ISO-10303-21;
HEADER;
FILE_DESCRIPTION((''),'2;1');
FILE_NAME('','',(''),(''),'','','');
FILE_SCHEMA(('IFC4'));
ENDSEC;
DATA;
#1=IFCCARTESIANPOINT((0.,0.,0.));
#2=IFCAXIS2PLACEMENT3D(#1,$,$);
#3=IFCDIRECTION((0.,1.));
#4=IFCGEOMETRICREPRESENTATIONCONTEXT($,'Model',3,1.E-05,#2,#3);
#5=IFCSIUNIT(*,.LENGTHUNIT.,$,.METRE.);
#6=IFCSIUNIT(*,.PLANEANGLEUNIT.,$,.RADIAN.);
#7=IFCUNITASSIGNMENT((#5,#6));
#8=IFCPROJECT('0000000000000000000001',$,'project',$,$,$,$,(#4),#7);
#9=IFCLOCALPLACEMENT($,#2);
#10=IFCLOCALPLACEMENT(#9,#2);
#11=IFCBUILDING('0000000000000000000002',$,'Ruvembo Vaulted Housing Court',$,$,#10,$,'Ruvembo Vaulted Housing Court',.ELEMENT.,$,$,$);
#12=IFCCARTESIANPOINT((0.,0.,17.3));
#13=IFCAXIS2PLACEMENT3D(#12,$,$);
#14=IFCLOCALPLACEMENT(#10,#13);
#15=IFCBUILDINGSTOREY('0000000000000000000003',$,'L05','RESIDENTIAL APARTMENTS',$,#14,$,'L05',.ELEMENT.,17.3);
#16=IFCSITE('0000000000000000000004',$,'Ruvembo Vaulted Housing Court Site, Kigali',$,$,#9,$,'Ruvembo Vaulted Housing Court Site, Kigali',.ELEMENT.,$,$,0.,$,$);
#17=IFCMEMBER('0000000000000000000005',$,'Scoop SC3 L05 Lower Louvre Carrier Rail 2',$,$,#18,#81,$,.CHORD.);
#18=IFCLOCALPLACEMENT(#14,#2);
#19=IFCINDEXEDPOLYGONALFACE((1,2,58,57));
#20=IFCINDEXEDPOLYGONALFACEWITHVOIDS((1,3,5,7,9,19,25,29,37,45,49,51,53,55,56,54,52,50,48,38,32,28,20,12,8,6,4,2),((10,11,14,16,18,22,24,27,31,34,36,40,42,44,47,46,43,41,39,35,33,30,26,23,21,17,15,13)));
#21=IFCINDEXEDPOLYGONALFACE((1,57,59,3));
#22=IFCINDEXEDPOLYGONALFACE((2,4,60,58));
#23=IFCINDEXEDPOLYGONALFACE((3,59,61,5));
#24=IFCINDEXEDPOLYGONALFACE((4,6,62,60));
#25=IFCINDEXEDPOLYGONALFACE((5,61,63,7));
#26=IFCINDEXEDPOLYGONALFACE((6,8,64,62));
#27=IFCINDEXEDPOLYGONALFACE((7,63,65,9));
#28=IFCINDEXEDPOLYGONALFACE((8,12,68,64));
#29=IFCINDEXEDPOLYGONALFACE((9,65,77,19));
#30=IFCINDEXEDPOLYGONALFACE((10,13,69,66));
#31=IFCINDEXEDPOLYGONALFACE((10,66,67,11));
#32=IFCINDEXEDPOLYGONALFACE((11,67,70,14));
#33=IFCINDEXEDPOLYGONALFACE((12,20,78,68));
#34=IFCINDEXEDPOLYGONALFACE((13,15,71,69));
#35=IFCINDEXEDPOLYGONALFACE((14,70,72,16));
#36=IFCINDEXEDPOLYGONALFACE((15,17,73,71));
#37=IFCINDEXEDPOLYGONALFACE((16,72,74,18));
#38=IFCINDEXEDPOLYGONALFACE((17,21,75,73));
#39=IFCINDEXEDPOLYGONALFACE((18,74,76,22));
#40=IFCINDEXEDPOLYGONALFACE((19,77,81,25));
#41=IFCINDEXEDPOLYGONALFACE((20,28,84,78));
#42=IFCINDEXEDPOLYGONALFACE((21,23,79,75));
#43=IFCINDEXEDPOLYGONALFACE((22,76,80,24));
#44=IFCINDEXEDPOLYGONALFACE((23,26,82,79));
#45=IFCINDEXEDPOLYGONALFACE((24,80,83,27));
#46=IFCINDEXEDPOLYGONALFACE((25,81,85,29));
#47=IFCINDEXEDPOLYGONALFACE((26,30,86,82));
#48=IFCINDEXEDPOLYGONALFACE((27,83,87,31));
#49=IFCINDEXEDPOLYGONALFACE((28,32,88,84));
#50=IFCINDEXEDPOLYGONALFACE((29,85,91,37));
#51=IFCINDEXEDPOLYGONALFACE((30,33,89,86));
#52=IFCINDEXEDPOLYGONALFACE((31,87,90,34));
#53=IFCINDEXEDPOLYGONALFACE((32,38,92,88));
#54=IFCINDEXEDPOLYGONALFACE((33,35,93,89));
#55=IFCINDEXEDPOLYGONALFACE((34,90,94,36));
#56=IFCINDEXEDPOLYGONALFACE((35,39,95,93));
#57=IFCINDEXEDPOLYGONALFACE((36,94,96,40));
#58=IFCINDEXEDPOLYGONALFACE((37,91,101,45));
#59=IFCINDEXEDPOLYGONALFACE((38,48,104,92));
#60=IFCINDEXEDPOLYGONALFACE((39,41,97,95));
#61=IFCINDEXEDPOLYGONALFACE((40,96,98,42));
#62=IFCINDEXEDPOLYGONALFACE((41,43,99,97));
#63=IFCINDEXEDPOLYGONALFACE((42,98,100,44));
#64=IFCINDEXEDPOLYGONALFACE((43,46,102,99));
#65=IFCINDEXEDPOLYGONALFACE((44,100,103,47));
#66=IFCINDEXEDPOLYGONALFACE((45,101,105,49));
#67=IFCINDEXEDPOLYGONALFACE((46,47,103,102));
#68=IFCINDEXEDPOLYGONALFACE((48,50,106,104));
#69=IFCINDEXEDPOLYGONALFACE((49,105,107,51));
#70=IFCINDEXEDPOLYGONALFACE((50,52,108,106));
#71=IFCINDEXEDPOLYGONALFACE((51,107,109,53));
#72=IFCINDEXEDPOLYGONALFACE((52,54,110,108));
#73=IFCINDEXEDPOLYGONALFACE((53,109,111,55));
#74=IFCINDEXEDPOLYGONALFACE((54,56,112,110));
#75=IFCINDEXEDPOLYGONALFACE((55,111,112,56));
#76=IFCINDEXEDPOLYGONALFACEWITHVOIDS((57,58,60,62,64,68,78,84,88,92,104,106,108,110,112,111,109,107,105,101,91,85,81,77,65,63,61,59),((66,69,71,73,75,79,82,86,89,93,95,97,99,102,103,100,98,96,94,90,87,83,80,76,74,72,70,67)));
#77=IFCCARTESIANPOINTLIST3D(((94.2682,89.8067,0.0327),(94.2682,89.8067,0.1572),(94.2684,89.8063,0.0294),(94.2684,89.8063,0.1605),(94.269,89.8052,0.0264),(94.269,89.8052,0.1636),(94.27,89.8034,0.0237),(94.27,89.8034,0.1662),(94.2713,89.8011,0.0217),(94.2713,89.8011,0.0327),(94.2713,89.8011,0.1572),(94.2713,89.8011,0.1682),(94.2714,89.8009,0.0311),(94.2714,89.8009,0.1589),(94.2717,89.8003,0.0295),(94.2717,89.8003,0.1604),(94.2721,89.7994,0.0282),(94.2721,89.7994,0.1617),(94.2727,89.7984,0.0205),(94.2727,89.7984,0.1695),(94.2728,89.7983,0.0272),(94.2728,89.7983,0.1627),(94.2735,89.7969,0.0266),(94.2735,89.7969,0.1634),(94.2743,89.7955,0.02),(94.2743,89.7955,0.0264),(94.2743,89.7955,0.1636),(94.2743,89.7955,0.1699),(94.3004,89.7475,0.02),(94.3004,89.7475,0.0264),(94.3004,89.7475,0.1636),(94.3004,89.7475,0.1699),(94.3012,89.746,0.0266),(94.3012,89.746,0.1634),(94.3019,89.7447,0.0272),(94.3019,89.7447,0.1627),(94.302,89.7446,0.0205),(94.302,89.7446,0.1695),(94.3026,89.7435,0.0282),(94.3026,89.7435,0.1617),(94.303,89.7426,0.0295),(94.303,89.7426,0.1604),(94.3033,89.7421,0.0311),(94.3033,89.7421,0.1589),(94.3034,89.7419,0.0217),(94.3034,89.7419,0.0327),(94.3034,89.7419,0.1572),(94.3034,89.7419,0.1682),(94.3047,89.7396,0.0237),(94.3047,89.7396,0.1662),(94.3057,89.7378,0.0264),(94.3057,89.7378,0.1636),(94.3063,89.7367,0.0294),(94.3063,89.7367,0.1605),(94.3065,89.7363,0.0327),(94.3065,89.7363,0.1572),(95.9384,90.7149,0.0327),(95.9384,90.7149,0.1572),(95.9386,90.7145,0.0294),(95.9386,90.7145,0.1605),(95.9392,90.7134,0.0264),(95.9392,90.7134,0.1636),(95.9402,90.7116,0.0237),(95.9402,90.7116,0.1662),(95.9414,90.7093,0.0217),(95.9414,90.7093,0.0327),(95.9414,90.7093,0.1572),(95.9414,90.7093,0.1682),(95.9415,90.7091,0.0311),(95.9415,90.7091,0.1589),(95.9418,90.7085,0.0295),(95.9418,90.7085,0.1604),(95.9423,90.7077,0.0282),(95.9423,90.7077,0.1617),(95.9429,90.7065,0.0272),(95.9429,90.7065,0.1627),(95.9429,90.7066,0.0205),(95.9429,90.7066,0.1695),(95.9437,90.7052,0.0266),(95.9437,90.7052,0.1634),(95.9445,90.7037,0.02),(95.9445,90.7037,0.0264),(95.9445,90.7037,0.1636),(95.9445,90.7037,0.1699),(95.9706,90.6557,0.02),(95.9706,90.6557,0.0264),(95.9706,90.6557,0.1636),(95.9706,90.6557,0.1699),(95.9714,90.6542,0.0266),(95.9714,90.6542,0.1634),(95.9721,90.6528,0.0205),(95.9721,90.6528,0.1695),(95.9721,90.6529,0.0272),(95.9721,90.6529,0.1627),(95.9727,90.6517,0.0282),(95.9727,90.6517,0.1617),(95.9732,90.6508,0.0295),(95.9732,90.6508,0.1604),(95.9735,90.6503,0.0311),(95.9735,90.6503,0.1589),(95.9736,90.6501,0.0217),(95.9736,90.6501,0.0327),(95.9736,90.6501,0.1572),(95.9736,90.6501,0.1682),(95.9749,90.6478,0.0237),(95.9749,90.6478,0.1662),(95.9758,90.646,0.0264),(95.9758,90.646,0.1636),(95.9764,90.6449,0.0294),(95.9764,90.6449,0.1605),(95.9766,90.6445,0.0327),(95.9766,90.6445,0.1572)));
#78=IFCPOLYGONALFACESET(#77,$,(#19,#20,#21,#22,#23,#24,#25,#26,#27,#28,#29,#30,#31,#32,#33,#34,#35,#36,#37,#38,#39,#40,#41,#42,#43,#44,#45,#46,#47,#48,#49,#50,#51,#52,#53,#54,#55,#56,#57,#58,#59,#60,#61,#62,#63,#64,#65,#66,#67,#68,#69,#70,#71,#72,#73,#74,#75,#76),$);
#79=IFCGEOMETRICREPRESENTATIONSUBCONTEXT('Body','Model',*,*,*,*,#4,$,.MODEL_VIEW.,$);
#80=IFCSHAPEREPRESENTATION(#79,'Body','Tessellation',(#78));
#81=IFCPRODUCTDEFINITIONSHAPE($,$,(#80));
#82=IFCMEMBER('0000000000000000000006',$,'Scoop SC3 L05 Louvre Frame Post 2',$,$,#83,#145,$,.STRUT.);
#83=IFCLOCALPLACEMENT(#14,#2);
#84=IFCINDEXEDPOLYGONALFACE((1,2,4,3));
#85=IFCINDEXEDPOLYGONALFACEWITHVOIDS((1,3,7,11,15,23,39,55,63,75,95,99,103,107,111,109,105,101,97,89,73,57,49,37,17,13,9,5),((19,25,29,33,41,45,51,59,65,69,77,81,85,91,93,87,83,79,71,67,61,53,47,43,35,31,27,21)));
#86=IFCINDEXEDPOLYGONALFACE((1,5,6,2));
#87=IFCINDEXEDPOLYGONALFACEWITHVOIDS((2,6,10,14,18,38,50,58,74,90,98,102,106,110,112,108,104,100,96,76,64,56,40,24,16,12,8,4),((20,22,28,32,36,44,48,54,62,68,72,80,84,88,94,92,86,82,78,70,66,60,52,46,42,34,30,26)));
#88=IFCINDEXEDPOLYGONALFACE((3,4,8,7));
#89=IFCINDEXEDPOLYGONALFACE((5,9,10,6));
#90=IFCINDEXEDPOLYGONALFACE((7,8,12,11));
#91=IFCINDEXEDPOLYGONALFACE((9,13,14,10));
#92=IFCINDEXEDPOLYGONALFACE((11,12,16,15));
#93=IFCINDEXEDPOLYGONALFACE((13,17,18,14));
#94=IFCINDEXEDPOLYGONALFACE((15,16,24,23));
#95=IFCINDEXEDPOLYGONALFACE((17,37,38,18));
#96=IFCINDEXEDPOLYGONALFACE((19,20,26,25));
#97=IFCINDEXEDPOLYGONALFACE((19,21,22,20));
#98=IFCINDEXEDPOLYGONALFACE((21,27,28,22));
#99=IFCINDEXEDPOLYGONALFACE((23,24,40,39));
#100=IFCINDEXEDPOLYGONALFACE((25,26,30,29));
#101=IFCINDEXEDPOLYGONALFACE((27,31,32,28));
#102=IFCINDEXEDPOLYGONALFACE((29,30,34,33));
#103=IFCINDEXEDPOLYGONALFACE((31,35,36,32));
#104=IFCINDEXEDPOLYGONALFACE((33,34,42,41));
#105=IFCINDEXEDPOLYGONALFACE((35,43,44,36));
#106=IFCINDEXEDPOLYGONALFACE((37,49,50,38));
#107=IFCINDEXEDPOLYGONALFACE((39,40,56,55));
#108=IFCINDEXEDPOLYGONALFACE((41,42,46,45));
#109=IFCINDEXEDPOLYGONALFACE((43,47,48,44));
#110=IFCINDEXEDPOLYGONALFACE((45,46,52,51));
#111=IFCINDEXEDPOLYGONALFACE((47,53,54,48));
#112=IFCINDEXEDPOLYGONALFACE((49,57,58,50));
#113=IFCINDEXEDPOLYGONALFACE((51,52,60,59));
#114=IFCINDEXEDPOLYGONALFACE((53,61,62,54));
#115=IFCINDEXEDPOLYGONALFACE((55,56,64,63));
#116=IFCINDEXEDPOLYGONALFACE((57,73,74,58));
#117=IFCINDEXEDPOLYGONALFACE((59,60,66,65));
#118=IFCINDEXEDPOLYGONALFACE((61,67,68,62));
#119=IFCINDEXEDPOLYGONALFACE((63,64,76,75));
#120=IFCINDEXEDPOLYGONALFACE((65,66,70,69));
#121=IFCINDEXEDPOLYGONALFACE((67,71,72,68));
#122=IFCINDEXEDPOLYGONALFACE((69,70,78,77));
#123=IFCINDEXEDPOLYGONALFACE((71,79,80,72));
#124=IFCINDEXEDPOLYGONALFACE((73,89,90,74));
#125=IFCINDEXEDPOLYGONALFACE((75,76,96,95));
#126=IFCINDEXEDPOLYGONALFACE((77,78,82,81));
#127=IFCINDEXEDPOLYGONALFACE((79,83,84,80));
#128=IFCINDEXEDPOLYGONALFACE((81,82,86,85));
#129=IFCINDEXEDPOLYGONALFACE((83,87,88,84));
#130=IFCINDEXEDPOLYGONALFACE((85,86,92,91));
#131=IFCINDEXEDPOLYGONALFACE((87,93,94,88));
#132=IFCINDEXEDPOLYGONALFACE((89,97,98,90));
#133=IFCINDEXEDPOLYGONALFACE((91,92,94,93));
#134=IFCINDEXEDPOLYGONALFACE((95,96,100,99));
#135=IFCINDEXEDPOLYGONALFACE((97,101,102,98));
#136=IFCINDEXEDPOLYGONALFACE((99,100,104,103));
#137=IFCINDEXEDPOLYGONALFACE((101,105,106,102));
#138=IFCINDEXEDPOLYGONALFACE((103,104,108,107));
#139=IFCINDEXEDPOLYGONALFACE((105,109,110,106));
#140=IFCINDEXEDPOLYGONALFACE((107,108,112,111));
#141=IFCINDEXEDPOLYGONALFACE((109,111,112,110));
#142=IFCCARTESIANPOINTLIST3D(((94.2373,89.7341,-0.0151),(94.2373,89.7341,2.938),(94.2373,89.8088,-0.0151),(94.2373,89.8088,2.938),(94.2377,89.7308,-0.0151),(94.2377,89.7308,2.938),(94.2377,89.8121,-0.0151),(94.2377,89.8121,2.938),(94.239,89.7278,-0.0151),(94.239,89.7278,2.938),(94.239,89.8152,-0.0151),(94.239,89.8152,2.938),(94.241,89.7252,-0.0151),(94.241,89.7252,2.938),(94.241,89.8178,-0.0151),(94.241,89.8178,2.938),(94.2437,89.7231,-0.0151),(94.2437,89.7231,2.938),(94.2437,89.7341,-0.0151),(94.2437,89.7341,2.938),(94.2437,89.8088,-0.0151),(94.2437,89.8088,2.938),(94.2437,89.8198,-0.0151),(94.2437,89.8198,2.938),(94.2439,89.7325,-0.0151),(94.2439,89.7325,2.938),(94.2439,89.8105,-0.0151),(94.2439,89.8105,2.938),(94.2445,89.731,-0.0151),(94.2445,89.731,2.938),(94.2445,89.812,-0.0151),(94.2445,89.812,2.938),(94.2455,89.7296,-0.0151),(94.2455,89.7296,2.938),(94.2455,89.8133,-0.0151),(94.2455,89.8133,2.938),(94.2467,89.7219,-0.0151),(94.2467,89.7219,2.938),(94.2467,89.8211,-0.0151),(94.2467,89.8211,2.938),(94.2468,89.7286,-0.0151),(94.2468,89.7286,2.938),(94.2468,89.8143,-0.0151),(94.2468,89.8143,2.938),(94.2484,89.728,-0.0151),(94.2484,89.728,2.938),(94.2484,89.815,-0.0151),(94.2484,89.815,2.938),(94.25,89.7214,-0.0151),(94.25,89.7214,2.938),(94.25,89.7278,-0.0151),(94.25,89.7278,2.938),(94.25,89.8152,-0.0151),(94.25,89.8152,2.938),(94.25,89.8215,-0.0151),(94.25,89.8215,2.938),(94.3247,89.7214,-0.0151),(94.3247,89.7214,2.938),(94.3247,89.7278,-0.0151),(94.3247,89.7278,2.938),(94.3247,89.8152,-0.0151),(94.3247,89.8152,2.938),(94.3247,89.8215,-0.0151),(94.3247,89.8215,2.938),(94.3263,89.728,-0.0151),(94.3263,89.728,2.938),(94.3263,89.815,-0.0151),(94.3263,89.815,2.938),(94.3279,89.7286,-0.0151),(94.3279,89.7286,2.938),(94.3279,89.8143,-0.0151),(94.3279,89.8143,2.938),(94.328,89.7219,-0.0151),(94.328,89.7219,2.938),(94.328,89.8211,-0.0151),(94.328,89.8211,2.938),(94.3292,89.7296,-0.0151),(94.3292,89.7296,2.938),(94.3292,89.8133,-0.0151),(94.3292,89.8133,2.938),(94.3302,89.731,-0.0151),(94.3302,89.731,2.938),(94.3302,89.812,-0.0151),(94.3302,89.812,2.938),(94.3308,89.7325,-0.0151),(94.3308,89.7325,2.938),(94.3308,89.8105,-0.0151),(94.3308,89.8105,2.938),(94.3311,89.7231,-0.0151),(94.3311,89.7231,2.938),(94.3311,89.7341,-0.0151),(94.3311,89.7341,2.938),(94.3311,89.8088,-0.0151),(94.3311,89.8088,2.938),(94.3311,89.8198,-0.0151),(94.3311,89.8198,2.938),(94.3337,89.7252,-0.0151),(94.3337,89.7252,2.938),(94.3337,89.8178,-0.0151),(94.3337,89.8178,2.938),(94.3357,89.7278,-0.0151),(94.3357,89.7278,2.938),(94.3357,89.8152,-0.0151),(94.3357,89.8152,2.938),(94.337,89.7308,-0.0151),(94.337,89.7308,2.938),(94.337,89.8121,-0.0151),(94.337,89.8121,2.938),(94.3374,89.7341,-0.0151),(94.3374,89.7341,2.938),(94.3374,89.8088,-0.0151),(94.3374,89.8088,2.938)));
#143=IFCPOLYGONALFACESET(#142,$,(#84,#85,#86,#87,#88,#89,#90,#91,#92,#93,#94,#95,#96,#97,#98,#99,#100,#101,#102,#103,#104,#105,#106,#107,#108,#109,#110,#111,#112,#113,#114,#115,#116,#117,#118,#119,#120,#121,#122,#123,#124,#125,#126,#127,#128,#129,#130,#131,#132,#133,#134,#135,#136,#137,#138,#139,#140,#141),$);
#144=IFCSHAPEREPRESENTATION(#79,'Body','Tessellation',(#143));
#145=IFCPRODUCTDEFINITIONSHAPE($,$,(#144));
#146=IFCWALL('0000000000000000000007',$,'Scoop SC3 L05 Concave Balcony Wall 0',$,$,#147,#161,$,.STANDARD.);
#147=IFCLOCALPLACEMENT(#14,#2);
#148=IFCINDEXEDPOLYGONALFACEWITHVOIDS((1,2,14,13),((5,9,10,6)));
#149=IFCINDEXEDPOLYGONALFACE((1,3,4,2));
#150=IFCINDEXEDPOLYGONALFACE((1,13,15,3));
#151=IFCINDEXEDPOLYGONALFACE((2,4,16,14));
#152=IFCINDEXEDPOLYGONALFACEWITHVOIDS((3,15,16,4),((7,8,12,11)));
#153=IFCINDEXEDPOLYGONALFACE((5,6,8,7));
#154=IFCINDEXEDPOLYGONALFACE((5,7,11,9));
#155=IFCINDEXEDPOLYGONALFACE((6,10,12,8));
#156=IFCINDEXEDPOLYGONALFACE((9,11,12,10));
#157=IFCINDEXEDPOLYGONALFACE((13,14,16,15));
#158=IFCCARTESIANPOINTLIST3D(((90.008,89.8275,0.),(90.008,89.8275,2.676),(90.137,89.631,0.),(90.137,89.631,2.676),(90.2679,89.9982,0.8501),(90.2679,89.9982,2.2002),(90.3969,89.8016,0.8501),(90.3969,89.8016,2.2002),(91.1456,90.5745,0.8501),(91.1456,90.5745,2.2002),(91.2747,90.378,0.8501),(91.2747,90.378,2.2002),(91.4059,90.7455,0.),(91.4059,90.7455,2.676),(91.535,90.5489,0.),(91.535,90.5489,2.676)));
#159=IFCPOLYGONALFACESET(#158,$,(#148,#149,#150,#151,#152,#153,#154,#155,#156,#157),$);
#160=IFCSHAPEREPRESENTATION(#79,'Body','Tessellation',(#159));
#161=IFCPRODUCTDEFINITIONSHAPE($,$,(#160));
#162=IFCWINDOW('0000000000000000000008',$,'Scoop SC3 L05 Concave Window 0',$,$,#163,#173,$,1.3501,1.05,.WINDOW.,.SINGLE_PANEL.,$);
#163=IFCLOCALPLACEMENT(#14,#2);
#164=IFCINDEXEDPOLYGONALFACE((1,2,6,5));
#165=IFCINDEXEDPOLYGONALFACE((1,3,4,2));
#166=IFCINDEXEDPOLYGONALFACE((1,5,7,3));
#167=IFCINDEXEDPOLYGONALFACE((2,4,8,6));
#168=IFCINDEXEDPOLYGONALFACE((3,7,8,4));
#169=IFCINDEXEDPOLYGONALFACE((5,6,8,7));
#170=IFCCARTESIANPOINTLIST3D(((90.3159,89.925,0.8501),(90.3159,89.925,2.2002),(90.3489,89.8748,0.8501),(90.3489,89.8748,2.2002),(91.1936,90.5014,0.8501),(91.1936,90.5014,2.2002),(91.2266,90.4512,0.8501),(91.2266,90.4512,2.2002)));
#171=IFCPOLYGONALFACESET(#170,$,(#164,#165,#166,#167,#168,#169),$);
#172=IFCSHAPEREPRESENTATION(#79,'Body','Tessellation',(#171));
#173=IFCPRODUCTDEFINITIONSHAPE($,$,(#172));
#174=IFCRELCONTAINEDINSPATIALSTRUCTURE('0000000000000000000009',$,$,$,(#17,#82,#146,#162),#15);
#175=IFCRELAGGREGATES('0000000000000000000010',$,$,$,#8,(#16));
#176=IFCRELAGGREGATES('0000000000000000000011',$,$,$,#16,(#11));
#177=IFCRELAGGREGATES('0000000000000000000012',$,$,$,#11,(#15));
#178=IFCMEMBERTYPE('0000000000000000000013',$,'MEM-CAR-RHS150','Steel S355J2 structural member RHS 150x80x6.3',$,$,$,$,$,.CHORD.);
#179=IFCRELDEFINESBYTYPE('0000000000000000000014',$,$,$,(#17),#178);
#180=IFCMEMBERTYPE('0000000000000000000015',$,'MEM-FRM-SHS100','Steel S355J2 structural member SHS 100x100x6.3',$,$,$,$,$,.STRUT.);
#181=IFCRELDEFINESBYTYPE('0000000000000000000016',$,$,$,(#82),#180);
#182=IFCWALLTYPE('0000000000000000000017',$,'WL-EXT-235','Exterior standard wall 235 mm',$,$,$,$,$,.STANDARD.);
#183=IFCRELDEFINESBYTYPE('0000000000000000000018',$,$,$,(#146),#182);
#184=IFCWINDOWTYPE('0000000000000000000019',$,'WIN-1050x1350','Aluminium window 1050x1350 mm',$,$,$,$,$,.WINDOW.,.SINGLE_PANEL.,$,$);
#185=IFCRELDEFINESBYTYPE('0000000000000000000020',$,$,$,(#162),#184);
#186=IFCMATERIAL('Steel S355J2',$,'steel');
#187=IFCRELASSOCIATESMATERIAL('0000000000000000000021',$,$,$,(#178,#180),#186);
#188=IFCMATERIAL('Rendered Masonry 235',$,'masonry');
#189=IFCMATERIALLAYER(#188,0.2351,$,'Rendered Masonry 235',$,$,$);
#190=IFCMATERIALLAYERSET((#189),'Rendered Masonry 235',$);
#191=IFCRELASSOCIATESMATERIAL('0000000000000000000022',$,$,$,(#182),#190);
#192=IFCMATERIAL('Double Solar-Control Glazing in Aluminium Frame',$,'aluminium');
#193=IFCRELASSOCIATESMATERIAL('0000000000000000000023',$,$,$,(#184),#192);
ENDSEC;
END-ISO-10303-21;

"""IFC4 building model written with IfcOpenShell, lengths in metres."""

from ifc_helpers import new_model, si_unit, direction, frame, frame_2d, origin, origin_2d, place, context, subcontext, project, spatial, rectangle, hollow_rectangle, extrude, material, layer, layer_set, material_profile, profile_set, type_object, element, fill, save


model = new_model("IFC4")

# Units and contexts
model_context = context("Model", 3, precision=1e-05, world=origin(), true_north=direction((0.0, 1.0)))
body_context = subcontext(model_context, "Body", "Model", "MODEL_VIEW")
ifc_project = project(units=[si_unit("LENGTHUNIT", "METRE"), si_unit("PLANEANGLEUNIT", "RADIAN")], contexts=[model_context])

# Site, building, storey
site_placement = place(None, origin())
site = spatial("IfcSite", under=ifc_project, at=site_placement, Name="Ruvembo Vaulted Housing Court Site, Kigali", LongName="Ruvembo Vaulted Housing Court Site, Kigali", CompositionType="ELEMENT", RefElevation=0.0)
building_placement = place(site_placement, origin())
building = spatial("IfcBuilding", under=site, at=building_placement, Name="Ruvembo Vaulted Housing Court", LongName="Ruvembo Vaulted Housing Court", CompositionType="ELEMENT")
storey_placement = place(building_placement, frame((0.0, 0.0, 17.3)))
storey = spatial("IfcBuildingStorey", under=building, at=storey_placement, Name="L05", Description="RESIDENTIAL APARTMENTS", LongName="L05", CompositionType="ELEMENT", Elevation=17.3)

# Shared definitions
ifc_material_1 = material(Name="Steel S355J2", Category="steel")

# Members
ifc_material_profile_1 = material_profile(ifc_material_1, hollow_rectangle(XDim=0.0801, YDim=0.1499, WallThickness=0.0063, InnerFilletRadius=0.0063, OuterFilletRadius=0.0127, at=origin_2d()), Name="RHS 150x80x6.3")
ifc_profile_set_1 = profile_set([ifc_material_profile_1], Name="Steel S355J2")
member_type_1 = type_object("IfcMemberType", Name="MEM-CAR-RHS150", Description="Steel S355J2 structural member RHS 150x80x6.3", PredefinedType="CHORD", material=ifc_profile_set_1)
member_1_placement = place(storey_placement, frame((94.2874, 89.7715, 0.095), z_axis=(0.878513, 0.477718, 0.0), x_axis=(-0.477718, 0.878513, 0.0)))
element("IfcMember", 1, at=member_1_placement, inside=storey, type_object=member_type_1, Name="Scoop SC3 L05 Lower Louvre Carrier Rail 2", PredefinedType="CHORD", context=body_context, shape_type="SweptSolid", body=[
    extrude(hollow_rectangle(XDim=0.0801, YDim=0.1499, WallThickness=0.0063, InnerFilletRadius=0.0063, OuterFilletRadius=0.0127, at=origin_2d()), origin(), (0.0, 0.0, 1.0), 1.9011),
])
ifc_material_profile_2 = material_profile(ifc_material_1, hollow_rectangle(XDim=0.1001, YDim=0.1001, WallThickness=0.0063, InnerFilletRadius=0.0063, OuterFilletRadius=0.0127, at=origin_2d()), Name="SHS 100x100x6.3")
ifc_profile_set_2 = profile_set([ifc_material_profile_2], Name="Steel S355J2")
member_type_2 = type_object("IfcMemberType", Name="MEM-FRM-SHS100", Description="Steel S355J2 structural member SHS 100x100x6.3", PredefinedType="STRUT", material=ifc_profile_set_2)
member_2_placement = place(storey_placement, frame((94.2874, 89.7715, -0.0151), z_axis=(0.0, 0.0, 1.0), x_axis=(1.0, 0.0, 0.0)))
element("IfcMember", 2, at=member_2_placement, inside=storey, type_object=member_type_2, Name="Scoop SC3 L05 Louvre Frame Post 2", PredefinedType="STRUT", context=body_context, shape_type="SweptSolid", body=[
    extrude(hollow_rectangle(XDim=0.1001, YDim=0.1001, WallThickness=0.0063, InnerFilletRadius=0.0063, OuterFilletRadius=0.0127, at=origin_2d()), origin(), (0.0, 0.0, 1.0), 2.9531),
])

# Wall, opening, window
ifc_material_2 = material(Name="Rendered Masonry 235", Category="masonry")
ifc_layer_1 = layer(ifc_material_2, 0.2351, Name="Rendered Masonry 235")
ifc_layer_set_1 = layer_set([ifc_layer_1], Name="Rendered Masonry 235")
wall_type_1 = type_object("IfcWallType", Name="WL-EXT-235", Description="Exterior standard wall 235 mm", PredefinedType="STANDARD", material=ifc_layer_set_1)
wall_1_placement = place(storey_placement, frame((90.0725, 89.7292, 0.0), z_axis=(0.0, 0.0, 1.0), x_axis=(0.835893, 0.548892, 0.0)))
wall_1 = element("IfcWall", 3, at=wall_1_placement, inside=storey, type_object=wall_type_1, Name="Scoop SC3 L05 Concave Balcony Wall 0", PredefinedType="STANDARD", context=body_context, shape_type="SweptSolid", body=[
    extrude(rectangle(XDim=1.6724, YDim=0.2351, at=frame_2d((0.8362, 0.0))), origin(), (0.0, 0.0, 1.0), 2.676),
])
opening_1_placement = place(wall_1_placement, frame((0.311, 0.0, 0.8501)))
opening_1 = element("IfcOpeningElement", 4, at=opening_1_placement, cuts=wall_1, PredefinedType="OPENING", context=body_context, shape_type="SweptSolid", body=[
    extrude(rectangle(XDim=1.05, YDim=1.3501, at=frame_2d((0.5249, 0.675))), frame((0.0, 0.1274, 0.0), z_axis=(0.0, -1.0, 0.0), x_axis=(1.0, 0.0, 0.0)), (0.0, 0.0, 1.0), 0.2551),
])
ifc_material_3 = material(Name="Double Solar-Control Glazing in Aluminium Frame", Category="aluminium")
window_type_1 = type_object("IfcWindowType", Name="WIN-1050x1350", Description="Aluminium window 1050x1350 mm", PartitioningType="SINGLE_PANEL", PredefinedType="WINDOW", material=ifc_material_3)
window_1_placement = place(opening_1_placement, origin())
window_1 = element("IfcWindow", 5, at=window_1_placement, inside=storey, type_object=window_type_1, Name="Scoop SC3 L05 Concave Window 0", OverallHeight=1.3501, OverallWidth=1.05, PartitioningType="SINGLE_PANEL", PredefinedType="WINDOW", context=body_context, shape_type="SweptSolid", body=[
    extrude(rectangle(XDim=1.05, YDim=1.3501, at=frame_2d((0.5249, 0.675))), frame((0.0, 0.03, 0.0), z_axis=(0.0, -1.0, 0.0), x_axis=(1.0, 0.0, 0.0)), (0.0, 0.0, 1.0), 0.0601),
])
fill(opening_1, window_1)

save(model, "model.ifc")
